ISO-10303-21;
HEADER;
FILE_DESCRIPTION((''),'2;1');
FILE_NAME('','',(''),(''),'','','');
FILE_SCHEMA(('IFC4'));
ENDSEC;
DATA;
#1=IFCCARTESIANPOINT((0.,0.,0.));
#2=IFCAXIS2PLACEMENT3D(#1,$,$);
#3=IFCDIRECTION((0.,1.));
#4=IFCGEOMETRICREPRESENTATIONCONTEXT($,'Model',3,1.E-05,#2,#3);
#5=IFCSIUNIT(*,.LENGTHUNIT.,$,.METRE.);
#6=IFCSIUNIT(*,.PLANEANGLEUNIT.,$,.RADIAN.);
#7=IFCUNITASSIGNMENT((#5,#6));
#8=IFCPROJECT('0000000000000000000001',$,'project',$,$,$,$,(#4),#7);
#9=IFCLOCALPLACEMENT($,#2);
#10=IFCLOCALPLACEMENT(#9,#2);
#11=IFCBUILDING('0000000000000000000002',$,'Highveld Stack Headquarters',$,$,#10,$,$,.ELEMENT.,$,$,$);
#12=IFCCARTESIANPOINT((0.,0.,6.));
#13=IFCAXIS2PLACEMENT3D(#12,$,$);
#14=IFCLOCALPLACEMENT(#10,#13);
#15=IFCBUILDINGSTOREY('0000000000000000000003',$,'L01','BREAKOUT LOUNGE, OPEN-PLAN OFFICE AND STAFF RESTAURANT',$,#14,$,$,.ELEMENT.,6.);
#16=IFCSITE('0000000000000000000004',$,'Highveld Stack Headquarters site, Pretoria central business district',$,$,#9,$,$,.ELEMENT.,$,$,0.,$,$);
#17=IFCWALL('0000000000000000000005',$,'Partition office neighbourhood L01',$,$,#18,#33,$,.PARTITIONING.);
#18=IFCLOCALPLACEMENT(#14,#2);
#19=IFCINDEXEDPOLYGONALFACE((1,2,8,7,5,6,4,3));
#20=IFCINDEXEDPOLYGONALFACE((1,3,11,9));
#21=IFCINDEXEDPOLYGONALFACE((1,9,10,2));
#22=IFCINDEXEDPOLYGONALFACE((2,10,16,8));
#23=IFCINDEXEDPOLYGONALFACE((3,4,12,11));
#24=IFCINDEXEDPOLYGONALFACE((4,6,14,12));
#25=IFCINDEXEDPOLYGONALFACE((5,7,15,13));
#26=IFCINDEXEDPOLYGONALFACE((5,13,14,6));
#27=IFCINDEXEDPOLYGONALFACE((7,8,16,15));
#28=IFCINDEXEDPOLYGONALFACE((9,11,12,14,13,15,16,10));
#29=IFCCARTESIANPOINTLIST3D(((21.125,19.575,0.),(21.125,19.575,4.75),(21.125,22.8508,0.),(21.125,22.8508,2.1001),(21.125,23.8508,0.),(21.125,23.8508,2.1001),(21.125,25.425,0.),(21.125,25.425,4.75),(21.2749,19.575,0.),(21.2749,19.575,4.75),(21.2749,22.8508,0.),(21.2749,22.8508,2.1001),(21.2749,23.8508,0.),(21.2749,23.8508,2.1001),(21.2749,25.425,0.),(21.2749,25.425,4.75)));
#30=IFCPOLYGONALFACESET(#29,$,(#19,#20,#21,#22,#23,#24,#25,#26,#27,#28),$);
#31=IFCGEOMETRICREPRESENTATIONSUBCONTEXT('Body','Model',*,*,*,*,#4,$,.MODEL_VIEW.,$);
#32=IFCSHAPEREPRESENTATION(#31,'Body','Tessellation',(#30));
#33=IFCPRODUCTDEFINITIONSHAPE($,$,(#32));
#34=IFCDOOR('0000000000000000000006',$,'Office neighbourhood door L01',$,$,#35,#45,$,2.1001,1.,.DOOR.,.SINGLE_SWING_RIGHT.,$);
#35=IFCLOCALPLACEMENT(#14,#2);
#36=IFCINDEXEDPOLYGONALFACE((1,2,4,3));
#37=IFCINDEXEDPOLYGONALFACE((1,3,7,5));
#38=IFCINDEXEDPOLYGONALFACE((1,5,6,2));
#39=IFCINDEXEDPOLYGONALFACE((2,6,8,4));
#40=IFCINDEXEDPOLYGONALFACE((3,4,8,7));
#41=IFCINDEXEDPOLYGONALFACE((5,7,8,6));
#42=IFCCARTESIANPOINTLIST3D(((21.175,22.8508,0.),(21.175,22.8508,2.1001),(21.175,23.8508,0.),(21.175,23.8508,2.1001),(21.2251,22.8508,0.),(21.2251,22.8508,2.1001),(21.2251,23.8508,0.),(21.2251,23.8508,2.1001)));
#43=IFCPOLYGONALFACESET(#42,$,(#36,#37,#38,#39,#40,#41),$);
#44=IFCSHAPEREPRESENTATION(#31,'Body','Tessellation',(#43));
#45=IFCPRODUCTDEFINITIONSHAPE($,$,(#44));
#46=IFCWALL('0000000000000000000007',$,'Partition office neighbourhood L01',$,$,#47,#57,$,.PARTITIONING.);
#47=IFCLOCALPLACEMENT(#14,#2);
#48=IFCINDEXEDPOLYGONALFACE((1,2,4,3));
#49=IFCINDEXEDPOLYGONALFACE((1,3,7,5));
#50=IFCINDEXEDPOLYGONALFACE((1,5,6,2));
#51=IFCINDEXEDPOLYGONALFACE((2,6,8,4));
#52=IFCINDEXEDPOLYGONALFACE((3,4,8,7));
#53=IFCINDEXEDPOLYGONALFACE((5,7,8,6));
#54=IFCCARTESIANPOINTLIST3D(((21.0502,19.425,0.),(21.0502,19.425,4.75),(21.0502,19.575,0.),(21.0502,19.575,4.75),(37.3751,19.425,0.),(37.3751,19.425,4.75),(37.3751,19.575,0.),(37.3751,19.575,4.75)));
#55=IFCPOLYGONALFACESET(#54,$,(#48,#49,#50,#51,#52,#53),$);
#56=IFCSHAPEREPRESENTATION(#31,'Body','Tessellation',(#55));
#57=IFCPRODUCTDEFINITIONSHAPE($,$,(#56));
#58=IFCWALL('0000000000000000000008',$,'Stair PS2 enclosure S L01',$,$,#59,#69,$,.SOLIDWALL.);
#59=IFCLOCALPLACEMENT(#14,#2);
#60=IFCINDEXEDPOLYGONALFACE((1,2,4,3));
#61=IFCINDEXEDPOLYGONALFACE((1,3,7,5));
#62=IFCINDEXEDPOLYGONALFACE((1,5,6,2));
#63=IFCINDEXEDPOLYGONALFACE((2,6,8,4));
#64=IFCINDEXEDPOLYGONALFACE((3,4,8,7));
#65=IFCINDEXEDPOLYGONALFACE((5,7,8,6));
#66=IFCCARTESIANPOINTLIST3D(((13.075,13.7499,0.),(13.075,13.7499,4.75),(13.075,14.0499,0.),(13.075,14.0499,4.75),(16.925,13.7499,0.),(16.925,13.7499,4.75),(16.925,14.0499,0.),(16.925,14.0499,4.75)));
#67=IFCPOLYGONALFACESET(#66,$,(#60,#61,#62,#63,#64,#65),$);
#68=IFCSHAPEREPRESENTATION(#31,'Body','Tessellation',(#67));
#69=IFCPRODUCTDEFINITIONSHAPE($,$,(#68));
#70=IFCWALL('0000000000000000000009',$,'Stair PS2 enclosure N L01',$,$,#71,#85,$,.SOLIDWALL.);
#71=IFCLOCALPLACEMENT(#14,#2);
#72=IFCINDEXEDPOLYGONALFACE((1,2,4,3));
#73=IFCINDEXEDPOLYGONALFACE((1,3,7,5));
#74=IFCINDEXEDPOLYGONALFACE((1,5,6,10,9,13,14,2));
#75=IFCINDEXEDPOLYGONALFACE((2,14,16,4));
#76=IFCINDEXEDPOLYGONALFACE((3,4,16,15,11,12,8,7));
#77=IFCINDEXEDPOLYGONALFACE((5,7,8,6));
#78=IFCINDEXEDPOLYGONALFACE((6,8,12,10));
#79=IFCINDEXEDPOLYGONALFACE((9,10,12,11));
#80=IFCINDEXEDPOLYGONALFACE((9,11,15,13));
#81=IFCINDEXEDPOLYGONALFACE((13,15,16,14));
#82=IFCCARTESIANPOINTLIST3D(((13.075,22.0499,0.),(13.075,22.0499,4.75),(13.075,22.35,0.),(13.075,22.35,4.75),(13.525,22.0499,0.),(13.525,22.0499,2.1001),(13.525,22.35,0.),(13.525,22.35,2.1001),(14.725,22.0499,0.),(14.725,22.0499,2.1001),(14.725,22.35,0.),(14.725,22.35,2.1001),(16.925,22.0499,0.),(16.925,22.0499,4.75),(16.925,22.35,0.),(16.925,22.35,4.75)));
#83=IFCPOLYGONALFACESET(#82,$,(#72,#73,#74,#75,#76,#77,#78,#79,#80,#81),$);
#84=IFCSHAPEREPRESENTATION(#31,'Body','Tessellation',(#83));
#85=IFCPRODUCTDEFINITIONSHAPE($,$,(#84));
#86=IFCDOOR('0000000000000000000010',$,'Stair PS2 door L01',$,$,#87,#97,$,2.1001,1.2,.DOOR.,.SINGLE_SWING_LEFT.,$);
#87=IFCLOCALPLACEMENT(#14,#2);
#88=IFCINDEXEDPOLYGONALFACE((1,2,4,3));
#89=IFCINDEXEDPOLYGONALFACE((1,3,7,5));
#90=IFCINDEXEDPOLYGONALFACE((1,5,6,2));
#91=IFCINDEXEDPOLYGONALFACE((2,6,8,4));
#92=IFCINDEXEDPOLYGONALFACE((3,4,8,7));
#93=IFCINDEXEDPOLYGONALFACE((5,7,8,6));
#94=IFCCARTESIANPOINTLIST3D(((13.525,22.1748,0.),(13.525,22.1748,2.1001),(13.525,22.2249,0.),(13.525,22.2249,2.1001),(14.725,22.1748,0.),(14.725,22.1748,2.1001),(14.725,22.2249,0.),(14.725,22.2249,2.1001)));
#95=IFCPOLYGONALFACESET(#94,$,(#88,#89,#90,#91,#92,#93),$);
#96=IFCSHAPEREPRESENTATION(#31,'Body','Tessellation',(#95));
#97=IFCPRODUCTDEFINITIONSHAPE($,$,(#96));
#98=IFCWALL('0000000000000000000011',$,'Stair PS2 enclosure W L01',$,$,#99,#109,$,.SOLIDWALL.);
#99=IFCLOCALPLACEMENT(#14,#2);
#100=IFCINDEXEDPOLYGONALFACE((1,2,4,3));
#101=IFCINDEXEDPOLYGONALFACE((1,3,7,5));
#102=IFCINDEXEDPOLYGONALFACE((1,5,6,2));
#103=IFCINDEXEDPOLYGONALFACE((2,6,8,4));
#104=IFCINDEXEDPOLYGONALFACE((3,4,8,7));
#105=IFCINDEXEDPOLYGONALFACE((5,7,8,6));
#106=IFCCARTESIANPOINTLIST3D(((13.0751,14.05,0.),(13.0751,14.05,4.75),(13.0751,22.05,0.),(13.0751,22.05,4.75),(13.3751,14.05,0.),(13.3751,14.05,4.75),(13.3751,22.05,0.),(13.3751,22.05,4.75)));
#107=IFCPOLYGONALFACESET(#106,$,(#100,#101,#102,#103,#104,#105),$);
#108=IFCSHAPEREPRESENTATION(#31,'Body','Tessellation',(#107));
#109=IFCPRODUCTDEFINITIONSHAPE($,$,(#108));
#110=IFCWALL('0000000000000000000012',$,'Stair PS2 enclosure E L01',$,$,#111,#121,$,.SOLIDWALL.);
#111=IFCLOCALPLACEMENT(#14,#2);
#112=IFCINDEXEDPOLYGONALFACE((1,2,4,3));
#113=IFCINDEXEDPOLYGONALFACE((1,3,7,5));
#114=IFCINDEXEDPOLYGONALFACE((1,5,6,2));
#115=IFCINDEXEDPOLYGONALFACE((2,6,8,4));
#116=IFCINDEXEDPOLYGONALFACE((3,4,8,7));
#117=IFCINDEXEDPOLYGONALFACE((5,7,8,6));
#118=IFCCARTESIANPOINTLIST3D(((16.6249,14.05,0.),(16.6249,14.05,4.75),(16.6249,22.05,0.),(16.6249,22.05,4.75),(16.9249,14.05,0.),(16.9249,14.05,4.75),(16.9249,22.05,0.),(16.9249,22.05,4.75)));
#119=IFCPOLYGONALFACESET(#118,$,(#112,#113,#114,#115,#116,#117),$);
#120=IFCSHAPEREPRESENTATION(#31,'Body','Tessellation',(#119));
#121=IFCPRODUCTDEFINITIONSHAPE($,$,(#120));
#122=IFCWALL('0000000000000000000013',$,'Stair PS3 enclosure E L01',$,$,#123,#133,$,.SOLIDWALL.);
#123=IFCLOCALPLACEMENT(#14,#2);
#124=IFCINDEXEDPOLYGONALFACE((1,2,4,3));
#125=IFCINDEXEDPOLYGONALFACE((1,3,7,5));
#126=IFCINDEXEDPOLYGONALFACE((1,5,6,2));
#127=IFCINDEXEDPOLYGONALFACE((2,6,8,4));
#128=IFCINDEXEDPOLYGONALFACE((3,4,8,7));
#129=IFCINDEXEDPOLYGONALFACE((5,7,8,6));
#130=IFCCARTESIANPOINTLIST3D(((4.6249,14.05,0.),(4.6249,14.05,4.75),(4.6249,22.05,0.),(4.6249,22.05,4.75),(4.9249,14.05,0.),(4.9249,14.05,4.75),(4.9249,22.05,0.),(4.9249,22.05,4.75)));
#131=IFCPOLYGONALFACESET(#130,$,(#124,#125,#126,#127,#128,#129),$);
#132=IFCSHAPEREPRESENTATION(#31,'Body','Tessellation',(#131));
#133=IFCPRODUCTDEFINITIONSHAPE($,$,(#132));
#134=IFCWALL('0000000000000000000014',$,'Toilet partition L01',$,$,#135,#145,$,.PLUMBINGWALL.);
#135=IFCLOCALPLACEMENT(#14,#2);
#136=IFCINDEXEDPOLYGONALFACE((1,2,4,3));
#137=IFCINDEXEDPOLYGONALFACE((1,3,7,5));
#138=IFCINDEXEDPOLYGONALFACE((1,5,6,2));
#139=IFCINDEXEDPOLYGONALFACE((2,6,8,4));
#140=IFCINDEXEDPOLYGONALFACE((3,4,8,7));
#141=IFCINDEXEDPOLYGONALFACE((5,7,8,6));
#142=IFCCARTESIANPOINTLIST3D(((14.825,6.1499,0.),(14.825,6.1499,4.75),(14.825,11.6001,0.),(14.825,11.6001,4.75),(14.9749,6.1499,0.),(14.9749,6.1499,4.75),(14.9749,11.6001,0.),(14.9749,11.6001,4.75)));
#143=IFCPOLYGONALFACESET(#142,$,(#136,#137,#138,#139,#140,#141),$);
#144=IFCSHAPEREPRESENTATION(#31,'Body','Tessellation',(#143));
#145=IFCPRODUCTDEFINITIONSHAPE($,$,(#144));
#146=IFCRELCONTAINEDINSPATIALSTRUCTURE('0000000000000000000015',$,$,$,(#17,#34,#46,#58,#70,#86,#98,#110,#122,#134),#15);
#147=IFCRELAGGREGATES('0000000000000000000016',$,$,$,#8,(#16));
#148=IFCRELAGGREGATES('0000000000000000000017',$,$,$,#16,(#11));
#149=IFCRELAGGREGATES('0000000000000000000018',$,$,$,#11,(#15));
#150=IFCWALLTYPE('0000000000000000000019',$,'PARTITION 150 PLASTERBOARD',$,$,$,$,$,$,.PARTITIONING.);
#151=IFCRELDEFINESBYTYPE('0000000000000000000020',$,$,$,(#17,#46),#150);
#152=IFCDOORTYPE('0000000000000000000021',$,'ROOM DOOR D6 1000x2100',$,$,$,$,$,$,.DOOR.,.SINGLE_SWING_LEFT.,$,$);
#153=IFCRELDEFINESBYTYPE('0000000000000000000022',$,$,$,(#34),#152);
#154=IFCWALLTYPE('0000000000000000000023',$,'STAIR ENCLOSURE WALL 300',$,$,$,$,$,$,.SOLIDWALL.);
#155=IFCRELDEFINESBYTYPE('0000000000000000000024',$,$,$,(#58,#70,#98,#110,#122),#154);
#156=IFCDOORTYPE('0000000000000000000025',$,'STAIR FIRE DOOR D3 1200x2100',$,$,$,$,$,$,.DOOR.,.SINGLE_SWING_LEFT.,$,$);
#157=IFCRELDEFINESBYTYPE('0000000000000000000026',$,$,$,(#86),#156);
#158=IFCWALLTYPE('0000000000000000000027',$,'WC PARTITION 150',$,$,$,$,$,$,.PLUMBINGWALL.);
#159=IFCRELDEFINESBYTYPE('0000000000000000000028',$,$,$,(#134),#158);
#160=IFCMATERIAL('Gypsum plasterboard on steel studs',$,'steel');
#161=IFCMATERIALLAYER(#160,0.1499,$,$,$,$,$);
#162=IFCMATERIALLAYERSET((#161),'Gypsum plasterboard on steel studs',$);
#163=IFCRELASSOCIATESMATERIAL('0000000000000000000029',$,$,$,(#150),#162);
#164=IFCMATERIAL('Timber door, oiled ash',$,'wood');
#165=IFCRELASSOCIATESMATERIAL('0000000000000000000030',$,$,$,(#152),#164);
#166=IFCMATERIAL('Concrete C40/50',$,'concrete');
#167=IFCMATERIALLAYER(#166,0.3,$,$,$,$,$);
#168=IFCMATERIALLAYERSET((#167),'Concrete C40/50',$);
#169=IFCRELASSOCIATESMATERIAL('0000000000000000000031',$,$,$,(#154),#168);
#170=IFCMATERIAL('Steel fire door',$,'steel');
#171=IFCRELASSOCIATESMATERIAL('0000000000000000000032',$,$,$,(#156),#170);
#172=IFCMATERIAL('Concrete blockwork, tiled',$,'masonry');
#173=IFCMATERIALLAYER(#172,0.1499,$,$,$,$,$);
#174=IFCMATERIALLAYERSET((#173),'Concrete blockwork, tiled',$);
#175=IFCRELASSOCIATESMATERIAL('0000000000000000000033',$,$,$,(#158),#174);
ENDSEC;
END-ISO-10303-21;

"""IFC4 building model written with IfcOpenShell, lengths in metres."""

from ifc_helpers import new_model, si_unit, direction, frame, frame_2d, origin, place, context, subcontext, project, spatial, rectangle, extrude, material, layer, layer_set, type_object, element, fill, save


model = new_model("IFC4")

# Units and contexts
model_context = context("Model", 3, precision=1e-05, world=origin(), true_north=direction((0.0, 1.0)))
body_context = subcontext(model_context, "Body", "Model", "MODEL_VIEW")
ifc_project = project(units=[si_unit("LENGTHUNIT", "METRE"), si_unit("PLANEANGLEUNIT", "RADIAN")], contexts=[model_context])

# Site, building, storey
site_placement = place(None, origin())
site = spatial("IfcSite", under=ifc_project, at=site_placement, Name="Highveld Stack Headquarters site, Pretoria central business district", CompositionType="ELEMENT", RefElevation=0.0)
building_placement = place(site_placement, origin())
building = spatial("IfcBuilding", under=site, at=building_placement, Name="Highveld Stack Headquarters", CompositionType="ELEMENT")
storey_placement = place(building_placement, frame((0.0, 0.0, 6.0)))
storey = spatial("IfcBuildingStorey", under=building, at=storey_placement, Name="L01", Description="BREAKOUT LOUNGE, OPEN-PLAN OFFICE AND STAFF RESTAURANT", CompositionType="ELEMENT", Elevation=6.0)

# Wall, opening, door
ifc_material_1 = material(Name="Gypsum plasterboard on steel studs", Category="steel")
ifc_layer_1 = layer(ifc_material_1, 0.1499)
ifc_layer_set_1 = layer_set([ifc_layer_1], Name="Gypsum plasterboard on steel studs")
wall_type_1 = type_object("IfcWallType", Name="PARTITION 150 PLASTERBOARD", PredefinedType="PARTITIONING", material=ifc_layer_set_1)
ifc_material_2 = material(Name="Timber door, oiled ash", Category="wood")
door_type_1 = type_object("IfcDoorType", Name="ROOM DOOR D6 1000x2100", OperationType="SINGLE_SWING_LEFT", PredefinedType="DOOR", material=ifc_material_2)
wall_1_placement = place(storey_placement, frame((21.2, 19.575, 0.0), z_axis=(0.0, 0.0, 1.0), x_axis=(0.0, 1.0, 0.0)))
wall_1 = element("IfcWall", 1, at=wall_1_placement, inside=storey, type_object=wall_type_1, Name="Partition office neighbourhood L01", PredefinedType="PARTITIONING", context=body_context, shape_type="SweptSolid", body=[
    extrude(rectangle(XDim=5.8501, YDim=0.1499, at=frame_2d((2.925, 0.0))), origin(), (0.0, 0.0, 1.0), 4.75),
])
opening_1_placement = place(wall_1_placement, frame((3.2759, 0.0, 0.0)))
opening_1 = element("IfcOpeningElement", 2, at=opening_1_placement, cuts=wall_1, PredefinedType="OPENING", context=body_context, shape_type="SweptSolid", body=[
    extrude(rectangle(XDim=1.0, YDim=2.1001, at=frame_2d((0.5, 1.05))), frame((0.0, 0.085, 0.0), z_axis=(0.0, -1.0, 0.0), x_axis=(1.0, 0.0, 0.0)), (0.0, 0.0, 1.0), 0.1699),
])
door_1_placement = place(opening_1_placement, origin())
door_1 = element("IfcDoor", 3, at=door_1_placement, inside=storey, type_object=door_type_1, Name="Office neighbourhood door L01", OperationType="SINGLE_SWING_RIGHT", OverallHeight=2.1001, OverallWidth=1.0, PredefinedType="DOOR", context=body_context, shape_type="SweptSolid", body=[
    extrude(rectangle(XDim=1.0, YDim=2.1001, at=frame_2d((0.5, 1.05))), frame((0.0, 0.0249, 0.0), z_axis=(0.0, -1.0, 0.0), x_axis=(1.0, 0.0, 0.0)), (0.0, 0.0, 1.0), 0.05),
])
fill(opening_1, door_1)

# Walls
wall_2_placement = place(storey_placement, frame((21.05, 19.5, 0.0), z_axis=(0.0, 0.0, 1.0), x_axis=(1.0, 0.0, 0.0)))
element("IfcWall", 4, at=wall_2_placement, inside=storey, type_object=wall_type_1, Name="Partition office neighbourhood L01", PredefinedType="PARTITIONING", context=body_context, shape_type="SweptSolid", body=[
    extrude(rectangle(XDim=16.325, YDim=0.1499, at=frame_2d((8.1626, 0.0))), origin(), (0.0, 0.0, 1.0), 4.75),
])
ifc_material_3 = material(Name="Concrete C40/50", Category="concrete")
ifc_layer_2 = layer(ifc_material_3, 0.3)
ifc_layer_set_2 = layer_set([ifc_layer_2], Name="Concrete C40/50")
wall_type_2 = type_object("IfcWallType", Name="STAIR ENCLOSURE WALL 300", PredefinedType="SOLIDWALL", material=ifc_layer_set_2)
wall_3_placement = place(storey_placement, frame((13.075, 13.8999, 0.0), z_axis=(0.0, 0.0, 1.0), x_axis=(1.0, 0.0, 0.0)))
element("IfcWall", 5, at=wall_3_placement, inside=storey, type_object=wall_type_2, Name="Stair PS2 enclosure S L01", PredefinedType="SOLIDWALL", context=body_context, shape_type="SweptSolid", body=[
    extrude(rectangle(XDim=3.8501, YDim=0.3, at=frame_2d((1.925, 0.0))), origin(), (0.0, 0.0, 1.0), 4.75),
])

# Wall, opening, door
wall_4_placement = place(storey_placement, frame((13.075, 22.2, 0.0), z_axis=(0.0, 0.0, 1.0), x_axis=(1.0, 0.0, 0.0)))
wall_4 = element("IfcWall", 6, at=wall_4_placement, inside=storey, type_object=wall_type_2, Name="Stair PS2 enclosure N L01", PredefinedType="SOLIDWALL", context=body_context, shape_type="SweptSolid", body=[
    extrude(rectangle(XDim=3.8501, YDim=0.3, at=frame_2d((1.925, 0.0))), origin(), (0.0, 0.0, 1.0), 4.75),
])
opening_2_placement = place(wall_4_placement, frame((0.45, 0.0, 0.0)))
opening_2 = element("IfcOpeningElement", 7, at=opening_2_placement, cuts=wall_4, PredefinedType="OPENING", context=body_context, shape_type="SweptSolid", body=[
    extrude(rectangle(XDim=1.2, YDim=2.1001, at=frame_2d((0.6001, 1.05))), frame((0.0, 0.1599, 0.0), z_axis=(0.0, -1.0, 0.0), x_axis=(1.0, 0.0, 0.0)), (0.0, 0.0, 1.0), 0.3201),
])
ifc_material_4 = material(Name="Steel fire door", Category="steel")
door_type_2 = type_object("IfcDoorType", Name="STAIR FIRE DOOR D3 1200x2100", OperationType="SINGLE_SWING_LEFT", PredefinedType="DOOR", material=ifc_material_4)
door_2_placement = place(opening_2_placement, origin())
door_2 = element("IfcDoor", 8, at=door_2_placement, inside=storey, type_object=door_type_2, Name="Stair PS2 door L01", OperationType="SINGLE_SWING_LEFT", OverallHeight=2.1001, OverallWidth=1.2, PredefinedType="DOOR", context=body_context, shape_type="SweptSolid", body=[
    extrude(rectangle(XDim=1.2, YDim=2.1001, at=frame_2d((0.6001, 1.05))), frame((0.0, 0.0249, 0.0), z_axis=(0.0, -1.0, 0.0), x_axis=(1.0, 0.0, 0.0)), (0.0, 0.0, 1.0), 0.05),
])
fill(opening_2, door_2)

# Walls
for number, where, z_axis, x_axis, name in (
    (9, (13.2251, 14.05, 0.0), (0.0, 0.0, 1.0), (0.0, 1.0, 0.0), "Stair PS2 enclosure W L01"),
    (10, (16.7749, 14.05, 0.0), (0.0, 0.0, 1.0), (0.0, 1.0, 0.0), "Stair PS2 enclosure E L01"),
    (11, (4.7749, 14.05, 0.0), (0.0, 0.0, 1.0), (0.0, 1.0, 0.0), "Stair PS3 enclosure E L01"),
):
    element("IfcWall", number, at=place(storey_placement, frame(where, z_axis=z_axis, x_axis=x_axis)), inside=storey, type_object=wall_type_2, Name=name, PredefinedType="SOLIDWALL", context=body_context, shape_type="SweptSolid", body=[
        extrude(rectangle(XDim=8.0, YDim=0.3, at=frame_2d((4.0, 0.0))), origin(), (0.0, 0.0, 1.0), 4.75),
    ])
ifc_material_5 = material(Name="Concrete blockwork, tiled", Category="masonry")
ifc_layer_3 = layer(ifc_material_5, 0.1499)
ifc_layer_set_3 = layer_set([ifc_layer_3], Name="Concrete blockwork, tiled")
wall_type_3 = type_object("IfcWallType", Name="WC PARTITION 150", PredefinedType="PLUMBINGWALL", material=ifc_layer_set_3)
wall_5_placement = place(storey_placement, frame((14.8999, 6.1499, 0.0), z_axis=(0.0, 0.0, 1.0), x_axis=(0.0, 1.0, 0.0)))
element("IfcWall", 12, at=wall_5_placement, inside=storey, type_object=wall_type_3, Name="Toilet partition L01", PredefinedType="PLUMBINGWALL", context=body_context, shape_type="SweptSolid", body=[
    extrude(rectangle(XDim=5.4502, YDim=0.1499, at=frame_2d((2.7251, 0.0))), origin(), (0.0, 0.0, 1.0), 4.75),
])

save(model, "model.ifc")
